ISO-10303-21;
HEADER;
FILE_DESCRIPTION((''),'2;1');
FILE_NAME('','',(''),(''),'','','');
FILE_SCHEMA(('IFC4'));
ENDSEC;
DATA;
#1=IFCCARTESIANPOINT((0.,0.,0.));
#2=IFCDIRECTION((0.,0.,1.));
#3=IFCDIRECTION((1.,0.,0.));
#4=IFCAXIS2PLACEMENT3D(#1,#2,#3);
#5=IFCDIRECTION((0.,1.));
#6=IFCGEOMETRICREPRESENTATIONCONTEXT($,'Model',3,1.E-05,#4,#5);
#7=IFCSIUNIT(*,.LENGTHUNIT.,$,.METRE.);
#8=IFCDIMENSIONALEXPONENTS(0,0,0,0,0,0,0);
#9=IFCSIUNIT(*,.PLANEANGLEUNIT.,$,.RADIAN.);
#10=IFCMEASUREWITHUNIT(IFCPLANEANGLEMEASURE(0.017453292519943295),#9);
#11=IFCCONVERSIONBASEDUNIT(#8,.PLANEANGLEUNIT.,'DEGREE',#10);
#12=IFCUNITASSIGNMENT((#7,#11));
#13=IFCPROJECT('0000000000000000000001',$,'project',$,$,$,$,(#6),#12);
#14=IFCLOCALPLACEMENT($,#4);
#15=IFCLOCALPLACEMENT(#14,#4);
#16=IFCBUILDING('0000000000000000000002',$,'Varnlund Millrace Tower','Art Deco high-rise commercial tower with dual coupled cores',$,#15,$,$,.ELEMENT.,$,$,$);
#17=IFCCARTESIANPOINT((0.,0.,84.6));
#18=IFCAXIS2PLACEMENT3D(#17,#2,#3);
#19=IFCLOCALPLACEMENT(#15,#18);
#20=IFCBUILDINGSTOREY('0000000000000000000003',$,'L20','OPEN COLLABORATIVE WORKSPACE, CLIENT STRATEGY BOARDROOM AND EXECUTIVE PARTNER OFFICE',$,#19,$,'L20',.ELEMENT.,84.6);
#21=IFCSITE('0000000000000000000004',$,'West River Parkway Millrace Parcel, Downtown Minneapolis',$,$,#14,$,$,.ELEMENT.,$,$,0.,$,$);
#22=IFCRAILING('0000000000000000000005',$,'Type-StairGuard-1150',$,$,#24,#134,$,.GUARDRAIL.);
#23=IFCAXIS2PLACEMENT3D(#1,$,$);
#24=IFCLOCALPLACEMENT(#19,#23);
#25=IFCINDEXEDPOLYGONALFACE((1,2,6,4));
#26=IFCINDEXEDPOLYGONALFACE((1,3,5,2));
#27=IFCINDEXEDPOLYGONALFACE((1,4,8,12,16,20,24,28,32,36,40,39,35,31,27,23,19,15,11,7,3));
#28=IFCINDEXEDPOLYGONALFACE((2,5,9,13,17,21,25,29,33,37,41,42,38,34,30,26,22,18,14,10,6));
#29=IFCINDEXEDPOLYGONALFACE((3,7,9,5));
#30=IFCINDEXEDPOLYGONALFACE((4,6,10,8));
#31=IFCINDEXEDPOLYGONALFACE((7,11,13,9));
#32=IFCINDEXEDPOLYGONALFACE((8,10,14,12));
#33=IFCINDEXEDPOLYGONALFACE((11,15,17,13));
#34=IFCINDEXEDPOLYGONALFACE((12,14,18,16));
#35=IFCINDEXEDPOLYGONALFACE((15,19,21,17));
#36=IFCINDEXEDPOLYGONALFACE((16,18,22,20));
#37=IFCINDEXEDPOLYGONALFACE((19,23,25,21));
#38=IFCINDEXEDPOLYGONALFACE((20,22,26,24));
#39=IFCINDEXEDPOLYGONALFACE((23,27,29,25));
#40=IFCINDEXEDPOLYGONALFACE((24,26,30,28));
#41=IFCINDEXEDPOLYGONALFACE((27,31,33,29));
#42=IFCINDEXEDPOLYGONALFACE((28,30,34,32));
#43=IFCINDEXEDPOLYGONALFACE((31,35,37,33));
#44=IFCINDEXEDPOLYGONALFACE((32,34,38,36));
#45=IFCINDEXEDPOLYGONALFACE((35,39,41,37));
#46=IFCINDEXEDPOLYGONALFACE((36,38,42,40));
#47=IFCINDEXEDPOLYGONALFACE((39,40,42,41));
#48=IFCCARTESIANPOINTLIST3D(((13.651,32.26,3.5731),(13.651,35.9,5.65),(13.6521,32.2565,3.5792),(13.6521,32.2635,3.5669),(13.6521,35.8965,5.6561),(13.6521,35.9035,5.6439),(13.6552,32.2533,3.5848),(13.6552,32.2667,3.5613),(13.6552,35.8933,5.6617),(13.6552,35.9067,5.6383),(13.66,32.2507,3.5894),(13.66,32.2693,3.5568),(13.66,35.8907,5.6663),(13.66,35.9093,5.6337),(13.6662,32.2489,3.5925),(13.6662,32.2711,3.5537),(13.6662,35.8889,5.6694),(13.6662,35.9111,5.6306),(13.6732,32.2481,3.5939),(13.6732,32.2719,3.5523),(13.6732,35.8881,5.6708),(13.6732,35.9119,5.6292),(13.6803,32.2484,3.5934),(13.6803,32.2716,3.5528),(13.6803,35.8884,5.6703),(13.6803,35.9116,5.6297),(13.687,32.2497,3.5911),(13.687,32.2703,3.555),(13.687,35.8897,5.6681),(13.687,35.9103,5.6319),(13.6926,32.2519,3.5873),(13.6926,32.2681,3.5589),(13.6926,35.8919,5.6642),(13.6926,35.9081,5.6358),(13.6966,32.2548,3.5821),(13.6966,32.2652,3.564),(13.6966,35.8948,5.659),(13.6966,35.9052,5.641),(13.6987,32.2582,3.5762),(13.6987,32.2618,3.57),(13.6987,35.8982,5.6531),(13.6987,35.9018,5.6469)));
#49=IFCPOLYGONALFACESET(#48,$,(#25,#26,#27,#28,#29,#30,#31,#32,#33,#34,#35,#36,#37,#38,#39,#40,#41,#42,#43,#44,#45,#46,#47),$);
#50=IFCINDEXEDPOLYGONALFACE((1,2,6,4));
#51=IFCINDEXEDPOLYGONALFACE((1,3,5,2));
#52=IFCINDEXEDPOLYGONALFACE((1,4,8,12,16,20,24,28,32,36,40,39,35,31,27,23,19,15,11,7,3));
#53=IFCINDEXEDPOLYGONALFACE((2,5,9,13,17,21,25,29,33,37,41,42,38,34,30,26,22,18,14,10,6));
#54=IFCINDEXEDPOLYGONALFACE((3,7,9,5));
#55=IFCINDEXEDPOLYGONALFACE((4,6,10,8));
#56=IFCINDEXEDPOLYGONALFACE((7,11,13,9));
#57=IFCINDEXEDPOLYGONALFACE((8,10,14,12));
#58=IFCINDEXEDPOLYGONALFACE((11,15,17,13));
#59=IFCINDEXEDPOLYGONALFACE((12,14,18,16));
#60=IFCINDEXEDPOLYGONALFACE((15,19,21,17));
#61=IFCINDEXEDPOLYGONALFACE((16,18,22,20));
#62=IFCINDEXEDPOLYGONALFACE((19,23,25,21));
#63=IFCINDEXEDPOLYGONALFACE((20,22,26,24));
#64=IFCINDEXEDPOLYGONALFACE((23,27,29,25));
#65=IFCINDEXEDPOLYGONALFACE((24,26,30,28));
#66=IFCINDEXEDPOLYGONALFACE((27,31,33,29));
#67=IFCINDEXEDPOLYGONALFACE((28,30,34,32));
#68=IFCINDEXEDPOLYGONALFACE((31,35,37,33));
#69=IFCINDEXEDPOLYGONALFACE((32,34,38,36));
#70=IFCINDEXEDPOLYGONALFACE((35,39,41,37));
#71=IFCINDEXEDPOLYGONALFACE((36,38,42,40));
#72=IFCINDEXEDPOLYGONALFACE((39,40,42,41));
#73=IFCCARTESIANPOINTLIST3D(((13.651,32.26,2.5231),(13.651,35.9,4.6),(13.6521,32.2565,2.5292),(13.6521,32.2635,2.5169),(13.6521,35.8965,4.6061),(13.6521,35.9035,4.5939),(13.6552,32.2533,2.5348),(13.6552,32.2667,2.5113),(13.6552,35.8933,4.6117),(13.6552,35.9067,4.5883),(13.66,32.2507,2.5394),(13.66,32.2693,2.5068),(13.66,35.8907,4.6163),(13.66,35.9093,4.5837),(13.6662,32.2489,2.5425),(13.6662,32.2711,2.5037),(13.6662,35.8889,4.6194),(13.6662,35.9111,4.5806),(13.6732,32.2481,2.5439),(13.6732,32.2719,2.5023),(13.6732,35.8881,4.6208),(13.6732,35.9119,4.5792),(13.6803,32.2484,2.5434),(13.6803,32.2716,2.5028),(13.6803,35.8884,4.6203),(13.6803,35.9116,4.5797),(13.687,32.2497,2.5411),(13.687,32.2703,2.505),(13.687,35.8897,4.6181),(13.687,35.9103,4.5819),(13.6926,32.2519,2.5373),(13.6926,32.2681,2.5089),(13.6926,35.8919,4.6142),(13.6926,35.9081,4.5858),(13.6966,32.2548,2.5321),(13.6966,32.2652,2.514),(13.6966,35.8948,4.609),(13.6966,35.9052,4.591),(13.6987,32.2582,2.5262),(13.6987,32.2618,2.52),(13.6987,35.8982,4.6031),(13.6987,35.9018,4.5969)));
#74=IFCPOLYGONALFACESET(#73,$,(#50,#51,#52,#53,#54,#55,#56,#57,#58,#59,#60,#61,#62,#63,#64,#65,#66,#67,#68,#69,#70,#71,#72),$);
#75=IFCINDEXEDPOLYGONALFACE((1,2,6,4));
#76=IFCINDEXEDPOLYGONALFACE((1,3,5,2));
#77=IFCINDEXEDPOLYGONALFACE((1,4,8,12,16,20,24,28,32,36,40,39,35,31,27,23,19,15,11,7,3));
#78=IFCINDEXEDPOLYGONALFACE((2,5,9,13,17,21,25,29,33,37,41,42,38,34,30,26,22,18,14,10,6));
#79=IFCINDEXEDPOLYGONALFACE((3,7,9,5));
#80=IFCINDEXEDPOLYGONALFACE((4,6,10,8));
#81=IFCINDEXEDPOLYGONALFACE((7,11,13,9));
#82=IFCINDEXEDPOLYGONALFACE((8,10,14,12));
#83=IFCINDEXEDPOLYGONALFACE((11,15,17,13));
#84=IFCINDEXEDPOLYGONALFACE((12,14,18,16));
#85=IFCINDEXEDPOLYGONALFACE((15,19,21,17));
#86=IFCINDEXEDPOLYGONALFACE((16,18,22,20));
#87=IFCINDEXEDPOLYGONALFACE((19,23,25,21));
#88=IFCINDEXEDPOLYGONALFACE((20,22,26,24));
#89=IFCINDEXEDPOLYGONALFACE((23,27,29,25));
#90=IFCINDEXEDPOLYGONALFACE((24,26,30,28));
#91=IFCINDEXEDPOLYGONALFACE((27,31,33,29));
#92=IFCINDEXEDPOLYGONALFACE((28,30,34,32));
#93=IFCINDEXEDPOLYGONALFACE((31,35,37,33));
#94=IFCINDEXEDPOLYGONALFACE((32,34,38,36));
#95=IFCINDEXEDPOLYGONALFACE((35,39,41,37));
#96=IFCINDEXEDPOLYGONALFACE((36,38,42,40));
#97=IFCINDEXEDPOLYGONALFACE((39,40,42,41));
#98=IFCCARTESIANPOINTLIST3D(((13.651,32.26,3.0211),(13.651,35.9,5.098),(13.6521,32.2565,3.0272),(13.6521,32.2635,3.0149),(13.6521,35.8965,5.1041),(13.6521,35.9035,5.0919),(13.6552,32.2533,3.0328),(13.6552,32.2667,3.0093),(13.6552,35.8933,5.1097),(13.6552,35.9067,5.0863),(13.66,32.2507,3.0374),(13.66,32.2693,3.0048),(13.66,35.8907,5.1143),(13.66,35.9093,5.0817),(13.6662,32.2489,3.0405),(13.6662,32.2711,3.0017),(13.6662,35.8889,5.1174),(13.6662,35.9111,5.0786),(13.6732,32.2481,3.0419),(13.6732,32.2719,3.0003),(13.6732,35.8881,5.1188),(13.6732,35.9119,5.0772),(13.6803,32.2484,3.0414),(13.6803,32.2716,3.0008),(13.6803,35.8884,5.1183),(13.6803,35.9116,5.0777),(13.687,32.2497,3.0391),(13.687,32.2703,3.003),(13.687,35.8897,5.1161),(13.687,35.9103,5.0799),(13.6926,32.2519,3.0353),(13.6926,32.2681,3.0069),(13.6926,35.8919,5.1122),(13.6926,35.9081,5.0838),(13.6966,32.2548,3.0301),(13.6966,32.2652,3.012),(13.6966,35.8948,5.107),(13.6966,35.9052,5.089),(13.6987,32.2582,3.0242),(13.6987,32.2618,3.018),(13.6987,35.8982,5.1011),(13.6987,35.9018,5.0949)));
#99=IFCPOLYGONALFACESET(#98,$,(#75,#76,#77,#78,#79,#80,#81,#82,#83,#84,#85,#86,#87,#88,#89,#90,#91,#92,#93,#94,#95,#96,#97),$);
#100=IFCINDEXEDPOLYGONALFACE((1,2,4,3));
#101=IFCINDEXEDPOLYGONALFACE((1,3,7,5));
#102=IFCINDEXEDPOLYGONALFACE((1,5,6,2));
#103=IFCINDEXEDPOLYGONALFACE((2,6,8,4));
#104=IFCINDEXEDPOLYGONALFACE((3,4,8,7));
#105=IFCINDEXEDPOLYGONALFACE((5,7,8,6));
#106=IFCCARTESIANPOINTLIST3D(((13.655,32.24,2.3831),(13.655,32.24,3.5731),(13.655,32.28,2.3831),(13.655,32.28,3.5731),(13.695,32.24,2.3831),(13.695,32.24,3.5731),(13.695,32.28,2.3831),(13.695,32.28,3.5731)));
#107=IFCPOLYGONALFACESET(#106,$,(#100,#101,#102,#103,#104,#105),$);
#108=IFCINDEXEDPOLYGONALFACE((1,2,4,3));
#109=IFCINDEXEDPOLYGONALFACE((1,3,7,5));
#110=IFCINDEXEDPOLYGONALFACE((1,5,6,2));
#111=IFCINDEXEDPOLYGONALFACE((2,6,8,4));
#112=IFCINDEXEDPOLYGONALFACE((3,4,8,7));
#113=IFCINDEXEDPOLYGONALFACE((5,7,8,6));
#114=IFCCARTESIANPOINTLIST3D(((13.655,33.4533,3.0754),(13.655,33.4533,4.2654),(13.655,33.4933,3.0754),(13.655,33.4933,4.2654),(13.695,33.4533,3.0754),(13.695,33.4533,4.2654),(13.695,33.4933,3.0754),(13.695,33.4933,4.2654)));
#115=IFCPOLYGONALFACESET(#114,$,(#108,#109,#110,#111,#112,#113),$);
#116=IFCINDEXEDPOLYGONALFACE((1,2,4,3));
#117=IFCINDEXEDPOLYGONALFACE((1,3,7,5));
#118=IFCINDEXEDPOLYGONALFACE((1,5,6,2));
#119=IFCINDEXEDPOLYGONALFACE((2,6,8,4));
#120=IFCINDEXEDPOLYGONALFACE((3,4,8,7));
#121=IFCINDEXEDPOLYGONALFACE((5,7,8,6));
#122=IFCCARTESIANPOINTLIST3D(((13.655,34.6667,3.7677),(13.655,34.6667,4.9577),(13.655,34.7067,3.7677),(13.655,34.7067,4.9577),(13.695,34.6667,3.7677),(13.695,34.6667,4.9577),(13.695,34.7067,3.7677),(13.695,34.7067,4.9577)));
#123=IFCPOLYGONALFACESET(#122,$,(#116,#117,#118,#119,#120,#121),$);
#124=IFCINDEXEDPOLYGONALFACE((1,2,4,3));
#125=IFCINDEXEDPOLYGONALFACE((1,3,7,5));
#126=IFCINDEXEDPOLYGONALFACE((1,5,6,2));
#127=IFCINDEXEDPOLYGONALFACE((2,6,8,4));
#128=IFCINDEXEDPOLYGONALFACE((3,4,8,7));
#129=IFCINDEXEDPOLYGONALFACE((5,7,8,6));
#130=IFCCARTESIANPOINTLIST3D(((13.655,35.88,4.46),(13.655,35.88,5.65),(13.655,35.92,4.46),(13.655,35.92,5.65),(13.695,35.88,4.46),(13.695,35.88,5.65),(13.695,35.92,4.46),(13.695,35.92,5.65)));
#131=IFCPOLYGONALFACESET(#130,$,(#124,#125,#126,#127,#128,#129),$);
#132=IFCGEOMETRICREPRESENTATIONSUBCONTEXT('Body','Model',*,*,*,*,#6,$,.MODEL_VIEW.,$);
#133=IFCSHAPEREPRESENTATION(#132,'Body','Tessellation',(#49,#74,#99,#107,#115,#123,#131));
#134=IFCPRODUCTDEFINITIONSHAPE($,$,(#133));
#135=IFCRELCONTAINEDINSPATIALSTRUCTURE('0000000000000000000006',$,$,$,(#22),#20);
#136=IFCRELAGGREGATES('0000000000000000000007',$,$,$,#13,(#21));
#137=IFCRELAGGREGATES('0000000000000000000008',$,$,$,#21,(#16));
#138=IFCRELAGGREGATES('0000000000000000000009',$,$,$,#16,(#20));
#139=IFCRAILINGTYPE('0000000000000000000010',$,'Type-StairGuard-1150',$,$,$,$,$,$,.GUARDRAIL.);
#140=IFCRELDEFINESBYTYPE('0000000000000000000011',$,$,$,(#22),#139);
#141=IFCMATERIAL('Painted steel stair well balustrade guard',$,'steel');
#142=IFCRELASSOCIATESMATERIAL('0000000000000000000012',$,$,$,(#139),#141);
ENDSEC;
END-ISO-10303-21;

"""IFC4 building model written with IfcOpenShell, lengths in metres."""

from ifc_helpers import new_model, entity, si_unit, converted_unit, direction, frame, origin_with_axes, origin_2d_with_axis, place, context, subcontext, project, spatial, rectangle, circle, extrude, material, type_object, element, save


model = new_model("IFC4")

# Units and contexts
model_context = context("Model", 3, precision=1e-05, world=origin_with_axes(), true_north=direction((0.0, 1.0)))
body_context = subcontext(model_context, "Body", "Model", "MODEL_VIEW")
ifc_project = project(units=[si_unit("LENGTHUNIT", "METRE"), converted_unit("PLANEANGLEUNIT", "DEGREE", entity("IfcPlaneAngleMeasure", 0.017453292519943295), si_unit("PLANEANGLEUNIT", "RADIAN"), dimensions=[0, 0, 0, 0, 0, 0, 0])], contexts=[model_context])

# Site, building, storey
site_placement = place(None, origin_with_axes())
site = spatial("IfcSite", under=ifc_project, at=site_placement, Name="West River Parkway Millrace Parcel, Downtown Minneapolis", CompositionType="ELEMENT", RefElevation=0.0)
building_placement = place(site_placement, origin_with_axes())
building = spatial("IfcBuilding", under=site, at=building_placement, Name="Varnlund Millrace Tower", Description="Art Deco high-rise commercial tower with dual coupled cores", CompositionType="ELEMENT")
storey_placement = place(building_placement, frame((0.0, 0.0, 84.6), z_axis=(0.0, 0.0, 1.0), x_axis=(1.0, 0.0, 0.0)))
storey = spatial("IfcBuildingStorey", under=building, at=storey_placement, Name="L20", Description="OPEN COLLABORATIVE WORKSPACE, CLIENT STRATEGY BOARDROOM AND EXECUTIVE PARTNER OFFICE", LongName="L20", CompositionType="ELEMENT", Elevation=84.6)

# Railing
ifc_material_1 = material(Name="Painted steel stair well balustrade guard", Category="steel")
railing_type_1 = type_object("IfcRailingType", Name="Type-StairGuard-1150", PredefinedType="GUARDRAIL", material=ifc_material_1)
railing_1_placement = place(storey_placement, frame((0.0, 0.0, -84.6), z_axis=(0.0, 0.0, 1.0), x_axis=(1.0, 0.0, 0.0)))
element("IfcRailing", 1, at=railing_1_placement, inside=storey, type_object=railing_type_1, Name="Type-StairGuard-1150", PredefinedType="GUARDRAIL", context=body_context, shape_type="SweptSolid", body=[
    extrude(circle(Radius=0.024, at=origin_2d_with_axis()), frame((13.675, 32.26, 88.1731), z_axis=(0.0, 0.868559, 0.495585), x_axis=(-1.0, 0.0, 0.0)), (0.0, 0.0, 1.0), 4.1908),
    extrude(circle(Radius=0.024, at=origin_2d_with_axis()), frame((13.675, 32.26, 87.1231), z_axis=(0.0, 0.868559, 0.495585), x_axis=(-1.0, 0.0, 0.0)), (0.0, 0.0, 1.0), 4.1908),
    extrude(circle(Radius=0.024, at=origin_2d_with_axis()), frame((13.675, 32.26, 87.6211), z_axis=(0.0, 0.868559, 0.495585), x_axis=(-1.0, 0.0, 0.0)), (0.0, 0.0, 1.0), 4.1908),
    extrude(rectangle(XDim=0.04, YDim=0.04, at=origin_2d_with_axis()), frame((13.675, 32.26, 86.9831), z_axis=(0.0, 0.0, 1.0), x_axis=(1.0, 0.0, 0.0)), (0.0, 0.0, 1.0), 1.19),
    extrude(rectangle(XDim=0.04, YDim=0.04, at=origin_2d_with_axis()), frame((13.675, 33.4733, 87.6754), z_axis=(0.0, 0.0, 1.0), x_axis=(1.0, 0.0, 0.0)), (0.0, 0.0, 1.0), 1.19),
    extrude(rectangle(XDim=0.04, YDim=0.04, at=origin_2d_with_axis()), frame((13.675, 34.6867, 88.3677), z_axis=(0.0, 0.0, 1.0), x_axis=(1.0, 0.0, 0.0)), (0.0, 0.0, 1.0), 1.19),
    extrude(rectangle(XDim=0.04, YDim=0.04, at=origin_2d_with_axis()), frame((13.675, 35.9, 89.06), z_axis=(0.0, 0.0, 1.0), x_axis=(1.0, 0.0, 0.0)), (0.0, 0.0, 1.0), 1.19),
])

save(model, "model.ifc")
